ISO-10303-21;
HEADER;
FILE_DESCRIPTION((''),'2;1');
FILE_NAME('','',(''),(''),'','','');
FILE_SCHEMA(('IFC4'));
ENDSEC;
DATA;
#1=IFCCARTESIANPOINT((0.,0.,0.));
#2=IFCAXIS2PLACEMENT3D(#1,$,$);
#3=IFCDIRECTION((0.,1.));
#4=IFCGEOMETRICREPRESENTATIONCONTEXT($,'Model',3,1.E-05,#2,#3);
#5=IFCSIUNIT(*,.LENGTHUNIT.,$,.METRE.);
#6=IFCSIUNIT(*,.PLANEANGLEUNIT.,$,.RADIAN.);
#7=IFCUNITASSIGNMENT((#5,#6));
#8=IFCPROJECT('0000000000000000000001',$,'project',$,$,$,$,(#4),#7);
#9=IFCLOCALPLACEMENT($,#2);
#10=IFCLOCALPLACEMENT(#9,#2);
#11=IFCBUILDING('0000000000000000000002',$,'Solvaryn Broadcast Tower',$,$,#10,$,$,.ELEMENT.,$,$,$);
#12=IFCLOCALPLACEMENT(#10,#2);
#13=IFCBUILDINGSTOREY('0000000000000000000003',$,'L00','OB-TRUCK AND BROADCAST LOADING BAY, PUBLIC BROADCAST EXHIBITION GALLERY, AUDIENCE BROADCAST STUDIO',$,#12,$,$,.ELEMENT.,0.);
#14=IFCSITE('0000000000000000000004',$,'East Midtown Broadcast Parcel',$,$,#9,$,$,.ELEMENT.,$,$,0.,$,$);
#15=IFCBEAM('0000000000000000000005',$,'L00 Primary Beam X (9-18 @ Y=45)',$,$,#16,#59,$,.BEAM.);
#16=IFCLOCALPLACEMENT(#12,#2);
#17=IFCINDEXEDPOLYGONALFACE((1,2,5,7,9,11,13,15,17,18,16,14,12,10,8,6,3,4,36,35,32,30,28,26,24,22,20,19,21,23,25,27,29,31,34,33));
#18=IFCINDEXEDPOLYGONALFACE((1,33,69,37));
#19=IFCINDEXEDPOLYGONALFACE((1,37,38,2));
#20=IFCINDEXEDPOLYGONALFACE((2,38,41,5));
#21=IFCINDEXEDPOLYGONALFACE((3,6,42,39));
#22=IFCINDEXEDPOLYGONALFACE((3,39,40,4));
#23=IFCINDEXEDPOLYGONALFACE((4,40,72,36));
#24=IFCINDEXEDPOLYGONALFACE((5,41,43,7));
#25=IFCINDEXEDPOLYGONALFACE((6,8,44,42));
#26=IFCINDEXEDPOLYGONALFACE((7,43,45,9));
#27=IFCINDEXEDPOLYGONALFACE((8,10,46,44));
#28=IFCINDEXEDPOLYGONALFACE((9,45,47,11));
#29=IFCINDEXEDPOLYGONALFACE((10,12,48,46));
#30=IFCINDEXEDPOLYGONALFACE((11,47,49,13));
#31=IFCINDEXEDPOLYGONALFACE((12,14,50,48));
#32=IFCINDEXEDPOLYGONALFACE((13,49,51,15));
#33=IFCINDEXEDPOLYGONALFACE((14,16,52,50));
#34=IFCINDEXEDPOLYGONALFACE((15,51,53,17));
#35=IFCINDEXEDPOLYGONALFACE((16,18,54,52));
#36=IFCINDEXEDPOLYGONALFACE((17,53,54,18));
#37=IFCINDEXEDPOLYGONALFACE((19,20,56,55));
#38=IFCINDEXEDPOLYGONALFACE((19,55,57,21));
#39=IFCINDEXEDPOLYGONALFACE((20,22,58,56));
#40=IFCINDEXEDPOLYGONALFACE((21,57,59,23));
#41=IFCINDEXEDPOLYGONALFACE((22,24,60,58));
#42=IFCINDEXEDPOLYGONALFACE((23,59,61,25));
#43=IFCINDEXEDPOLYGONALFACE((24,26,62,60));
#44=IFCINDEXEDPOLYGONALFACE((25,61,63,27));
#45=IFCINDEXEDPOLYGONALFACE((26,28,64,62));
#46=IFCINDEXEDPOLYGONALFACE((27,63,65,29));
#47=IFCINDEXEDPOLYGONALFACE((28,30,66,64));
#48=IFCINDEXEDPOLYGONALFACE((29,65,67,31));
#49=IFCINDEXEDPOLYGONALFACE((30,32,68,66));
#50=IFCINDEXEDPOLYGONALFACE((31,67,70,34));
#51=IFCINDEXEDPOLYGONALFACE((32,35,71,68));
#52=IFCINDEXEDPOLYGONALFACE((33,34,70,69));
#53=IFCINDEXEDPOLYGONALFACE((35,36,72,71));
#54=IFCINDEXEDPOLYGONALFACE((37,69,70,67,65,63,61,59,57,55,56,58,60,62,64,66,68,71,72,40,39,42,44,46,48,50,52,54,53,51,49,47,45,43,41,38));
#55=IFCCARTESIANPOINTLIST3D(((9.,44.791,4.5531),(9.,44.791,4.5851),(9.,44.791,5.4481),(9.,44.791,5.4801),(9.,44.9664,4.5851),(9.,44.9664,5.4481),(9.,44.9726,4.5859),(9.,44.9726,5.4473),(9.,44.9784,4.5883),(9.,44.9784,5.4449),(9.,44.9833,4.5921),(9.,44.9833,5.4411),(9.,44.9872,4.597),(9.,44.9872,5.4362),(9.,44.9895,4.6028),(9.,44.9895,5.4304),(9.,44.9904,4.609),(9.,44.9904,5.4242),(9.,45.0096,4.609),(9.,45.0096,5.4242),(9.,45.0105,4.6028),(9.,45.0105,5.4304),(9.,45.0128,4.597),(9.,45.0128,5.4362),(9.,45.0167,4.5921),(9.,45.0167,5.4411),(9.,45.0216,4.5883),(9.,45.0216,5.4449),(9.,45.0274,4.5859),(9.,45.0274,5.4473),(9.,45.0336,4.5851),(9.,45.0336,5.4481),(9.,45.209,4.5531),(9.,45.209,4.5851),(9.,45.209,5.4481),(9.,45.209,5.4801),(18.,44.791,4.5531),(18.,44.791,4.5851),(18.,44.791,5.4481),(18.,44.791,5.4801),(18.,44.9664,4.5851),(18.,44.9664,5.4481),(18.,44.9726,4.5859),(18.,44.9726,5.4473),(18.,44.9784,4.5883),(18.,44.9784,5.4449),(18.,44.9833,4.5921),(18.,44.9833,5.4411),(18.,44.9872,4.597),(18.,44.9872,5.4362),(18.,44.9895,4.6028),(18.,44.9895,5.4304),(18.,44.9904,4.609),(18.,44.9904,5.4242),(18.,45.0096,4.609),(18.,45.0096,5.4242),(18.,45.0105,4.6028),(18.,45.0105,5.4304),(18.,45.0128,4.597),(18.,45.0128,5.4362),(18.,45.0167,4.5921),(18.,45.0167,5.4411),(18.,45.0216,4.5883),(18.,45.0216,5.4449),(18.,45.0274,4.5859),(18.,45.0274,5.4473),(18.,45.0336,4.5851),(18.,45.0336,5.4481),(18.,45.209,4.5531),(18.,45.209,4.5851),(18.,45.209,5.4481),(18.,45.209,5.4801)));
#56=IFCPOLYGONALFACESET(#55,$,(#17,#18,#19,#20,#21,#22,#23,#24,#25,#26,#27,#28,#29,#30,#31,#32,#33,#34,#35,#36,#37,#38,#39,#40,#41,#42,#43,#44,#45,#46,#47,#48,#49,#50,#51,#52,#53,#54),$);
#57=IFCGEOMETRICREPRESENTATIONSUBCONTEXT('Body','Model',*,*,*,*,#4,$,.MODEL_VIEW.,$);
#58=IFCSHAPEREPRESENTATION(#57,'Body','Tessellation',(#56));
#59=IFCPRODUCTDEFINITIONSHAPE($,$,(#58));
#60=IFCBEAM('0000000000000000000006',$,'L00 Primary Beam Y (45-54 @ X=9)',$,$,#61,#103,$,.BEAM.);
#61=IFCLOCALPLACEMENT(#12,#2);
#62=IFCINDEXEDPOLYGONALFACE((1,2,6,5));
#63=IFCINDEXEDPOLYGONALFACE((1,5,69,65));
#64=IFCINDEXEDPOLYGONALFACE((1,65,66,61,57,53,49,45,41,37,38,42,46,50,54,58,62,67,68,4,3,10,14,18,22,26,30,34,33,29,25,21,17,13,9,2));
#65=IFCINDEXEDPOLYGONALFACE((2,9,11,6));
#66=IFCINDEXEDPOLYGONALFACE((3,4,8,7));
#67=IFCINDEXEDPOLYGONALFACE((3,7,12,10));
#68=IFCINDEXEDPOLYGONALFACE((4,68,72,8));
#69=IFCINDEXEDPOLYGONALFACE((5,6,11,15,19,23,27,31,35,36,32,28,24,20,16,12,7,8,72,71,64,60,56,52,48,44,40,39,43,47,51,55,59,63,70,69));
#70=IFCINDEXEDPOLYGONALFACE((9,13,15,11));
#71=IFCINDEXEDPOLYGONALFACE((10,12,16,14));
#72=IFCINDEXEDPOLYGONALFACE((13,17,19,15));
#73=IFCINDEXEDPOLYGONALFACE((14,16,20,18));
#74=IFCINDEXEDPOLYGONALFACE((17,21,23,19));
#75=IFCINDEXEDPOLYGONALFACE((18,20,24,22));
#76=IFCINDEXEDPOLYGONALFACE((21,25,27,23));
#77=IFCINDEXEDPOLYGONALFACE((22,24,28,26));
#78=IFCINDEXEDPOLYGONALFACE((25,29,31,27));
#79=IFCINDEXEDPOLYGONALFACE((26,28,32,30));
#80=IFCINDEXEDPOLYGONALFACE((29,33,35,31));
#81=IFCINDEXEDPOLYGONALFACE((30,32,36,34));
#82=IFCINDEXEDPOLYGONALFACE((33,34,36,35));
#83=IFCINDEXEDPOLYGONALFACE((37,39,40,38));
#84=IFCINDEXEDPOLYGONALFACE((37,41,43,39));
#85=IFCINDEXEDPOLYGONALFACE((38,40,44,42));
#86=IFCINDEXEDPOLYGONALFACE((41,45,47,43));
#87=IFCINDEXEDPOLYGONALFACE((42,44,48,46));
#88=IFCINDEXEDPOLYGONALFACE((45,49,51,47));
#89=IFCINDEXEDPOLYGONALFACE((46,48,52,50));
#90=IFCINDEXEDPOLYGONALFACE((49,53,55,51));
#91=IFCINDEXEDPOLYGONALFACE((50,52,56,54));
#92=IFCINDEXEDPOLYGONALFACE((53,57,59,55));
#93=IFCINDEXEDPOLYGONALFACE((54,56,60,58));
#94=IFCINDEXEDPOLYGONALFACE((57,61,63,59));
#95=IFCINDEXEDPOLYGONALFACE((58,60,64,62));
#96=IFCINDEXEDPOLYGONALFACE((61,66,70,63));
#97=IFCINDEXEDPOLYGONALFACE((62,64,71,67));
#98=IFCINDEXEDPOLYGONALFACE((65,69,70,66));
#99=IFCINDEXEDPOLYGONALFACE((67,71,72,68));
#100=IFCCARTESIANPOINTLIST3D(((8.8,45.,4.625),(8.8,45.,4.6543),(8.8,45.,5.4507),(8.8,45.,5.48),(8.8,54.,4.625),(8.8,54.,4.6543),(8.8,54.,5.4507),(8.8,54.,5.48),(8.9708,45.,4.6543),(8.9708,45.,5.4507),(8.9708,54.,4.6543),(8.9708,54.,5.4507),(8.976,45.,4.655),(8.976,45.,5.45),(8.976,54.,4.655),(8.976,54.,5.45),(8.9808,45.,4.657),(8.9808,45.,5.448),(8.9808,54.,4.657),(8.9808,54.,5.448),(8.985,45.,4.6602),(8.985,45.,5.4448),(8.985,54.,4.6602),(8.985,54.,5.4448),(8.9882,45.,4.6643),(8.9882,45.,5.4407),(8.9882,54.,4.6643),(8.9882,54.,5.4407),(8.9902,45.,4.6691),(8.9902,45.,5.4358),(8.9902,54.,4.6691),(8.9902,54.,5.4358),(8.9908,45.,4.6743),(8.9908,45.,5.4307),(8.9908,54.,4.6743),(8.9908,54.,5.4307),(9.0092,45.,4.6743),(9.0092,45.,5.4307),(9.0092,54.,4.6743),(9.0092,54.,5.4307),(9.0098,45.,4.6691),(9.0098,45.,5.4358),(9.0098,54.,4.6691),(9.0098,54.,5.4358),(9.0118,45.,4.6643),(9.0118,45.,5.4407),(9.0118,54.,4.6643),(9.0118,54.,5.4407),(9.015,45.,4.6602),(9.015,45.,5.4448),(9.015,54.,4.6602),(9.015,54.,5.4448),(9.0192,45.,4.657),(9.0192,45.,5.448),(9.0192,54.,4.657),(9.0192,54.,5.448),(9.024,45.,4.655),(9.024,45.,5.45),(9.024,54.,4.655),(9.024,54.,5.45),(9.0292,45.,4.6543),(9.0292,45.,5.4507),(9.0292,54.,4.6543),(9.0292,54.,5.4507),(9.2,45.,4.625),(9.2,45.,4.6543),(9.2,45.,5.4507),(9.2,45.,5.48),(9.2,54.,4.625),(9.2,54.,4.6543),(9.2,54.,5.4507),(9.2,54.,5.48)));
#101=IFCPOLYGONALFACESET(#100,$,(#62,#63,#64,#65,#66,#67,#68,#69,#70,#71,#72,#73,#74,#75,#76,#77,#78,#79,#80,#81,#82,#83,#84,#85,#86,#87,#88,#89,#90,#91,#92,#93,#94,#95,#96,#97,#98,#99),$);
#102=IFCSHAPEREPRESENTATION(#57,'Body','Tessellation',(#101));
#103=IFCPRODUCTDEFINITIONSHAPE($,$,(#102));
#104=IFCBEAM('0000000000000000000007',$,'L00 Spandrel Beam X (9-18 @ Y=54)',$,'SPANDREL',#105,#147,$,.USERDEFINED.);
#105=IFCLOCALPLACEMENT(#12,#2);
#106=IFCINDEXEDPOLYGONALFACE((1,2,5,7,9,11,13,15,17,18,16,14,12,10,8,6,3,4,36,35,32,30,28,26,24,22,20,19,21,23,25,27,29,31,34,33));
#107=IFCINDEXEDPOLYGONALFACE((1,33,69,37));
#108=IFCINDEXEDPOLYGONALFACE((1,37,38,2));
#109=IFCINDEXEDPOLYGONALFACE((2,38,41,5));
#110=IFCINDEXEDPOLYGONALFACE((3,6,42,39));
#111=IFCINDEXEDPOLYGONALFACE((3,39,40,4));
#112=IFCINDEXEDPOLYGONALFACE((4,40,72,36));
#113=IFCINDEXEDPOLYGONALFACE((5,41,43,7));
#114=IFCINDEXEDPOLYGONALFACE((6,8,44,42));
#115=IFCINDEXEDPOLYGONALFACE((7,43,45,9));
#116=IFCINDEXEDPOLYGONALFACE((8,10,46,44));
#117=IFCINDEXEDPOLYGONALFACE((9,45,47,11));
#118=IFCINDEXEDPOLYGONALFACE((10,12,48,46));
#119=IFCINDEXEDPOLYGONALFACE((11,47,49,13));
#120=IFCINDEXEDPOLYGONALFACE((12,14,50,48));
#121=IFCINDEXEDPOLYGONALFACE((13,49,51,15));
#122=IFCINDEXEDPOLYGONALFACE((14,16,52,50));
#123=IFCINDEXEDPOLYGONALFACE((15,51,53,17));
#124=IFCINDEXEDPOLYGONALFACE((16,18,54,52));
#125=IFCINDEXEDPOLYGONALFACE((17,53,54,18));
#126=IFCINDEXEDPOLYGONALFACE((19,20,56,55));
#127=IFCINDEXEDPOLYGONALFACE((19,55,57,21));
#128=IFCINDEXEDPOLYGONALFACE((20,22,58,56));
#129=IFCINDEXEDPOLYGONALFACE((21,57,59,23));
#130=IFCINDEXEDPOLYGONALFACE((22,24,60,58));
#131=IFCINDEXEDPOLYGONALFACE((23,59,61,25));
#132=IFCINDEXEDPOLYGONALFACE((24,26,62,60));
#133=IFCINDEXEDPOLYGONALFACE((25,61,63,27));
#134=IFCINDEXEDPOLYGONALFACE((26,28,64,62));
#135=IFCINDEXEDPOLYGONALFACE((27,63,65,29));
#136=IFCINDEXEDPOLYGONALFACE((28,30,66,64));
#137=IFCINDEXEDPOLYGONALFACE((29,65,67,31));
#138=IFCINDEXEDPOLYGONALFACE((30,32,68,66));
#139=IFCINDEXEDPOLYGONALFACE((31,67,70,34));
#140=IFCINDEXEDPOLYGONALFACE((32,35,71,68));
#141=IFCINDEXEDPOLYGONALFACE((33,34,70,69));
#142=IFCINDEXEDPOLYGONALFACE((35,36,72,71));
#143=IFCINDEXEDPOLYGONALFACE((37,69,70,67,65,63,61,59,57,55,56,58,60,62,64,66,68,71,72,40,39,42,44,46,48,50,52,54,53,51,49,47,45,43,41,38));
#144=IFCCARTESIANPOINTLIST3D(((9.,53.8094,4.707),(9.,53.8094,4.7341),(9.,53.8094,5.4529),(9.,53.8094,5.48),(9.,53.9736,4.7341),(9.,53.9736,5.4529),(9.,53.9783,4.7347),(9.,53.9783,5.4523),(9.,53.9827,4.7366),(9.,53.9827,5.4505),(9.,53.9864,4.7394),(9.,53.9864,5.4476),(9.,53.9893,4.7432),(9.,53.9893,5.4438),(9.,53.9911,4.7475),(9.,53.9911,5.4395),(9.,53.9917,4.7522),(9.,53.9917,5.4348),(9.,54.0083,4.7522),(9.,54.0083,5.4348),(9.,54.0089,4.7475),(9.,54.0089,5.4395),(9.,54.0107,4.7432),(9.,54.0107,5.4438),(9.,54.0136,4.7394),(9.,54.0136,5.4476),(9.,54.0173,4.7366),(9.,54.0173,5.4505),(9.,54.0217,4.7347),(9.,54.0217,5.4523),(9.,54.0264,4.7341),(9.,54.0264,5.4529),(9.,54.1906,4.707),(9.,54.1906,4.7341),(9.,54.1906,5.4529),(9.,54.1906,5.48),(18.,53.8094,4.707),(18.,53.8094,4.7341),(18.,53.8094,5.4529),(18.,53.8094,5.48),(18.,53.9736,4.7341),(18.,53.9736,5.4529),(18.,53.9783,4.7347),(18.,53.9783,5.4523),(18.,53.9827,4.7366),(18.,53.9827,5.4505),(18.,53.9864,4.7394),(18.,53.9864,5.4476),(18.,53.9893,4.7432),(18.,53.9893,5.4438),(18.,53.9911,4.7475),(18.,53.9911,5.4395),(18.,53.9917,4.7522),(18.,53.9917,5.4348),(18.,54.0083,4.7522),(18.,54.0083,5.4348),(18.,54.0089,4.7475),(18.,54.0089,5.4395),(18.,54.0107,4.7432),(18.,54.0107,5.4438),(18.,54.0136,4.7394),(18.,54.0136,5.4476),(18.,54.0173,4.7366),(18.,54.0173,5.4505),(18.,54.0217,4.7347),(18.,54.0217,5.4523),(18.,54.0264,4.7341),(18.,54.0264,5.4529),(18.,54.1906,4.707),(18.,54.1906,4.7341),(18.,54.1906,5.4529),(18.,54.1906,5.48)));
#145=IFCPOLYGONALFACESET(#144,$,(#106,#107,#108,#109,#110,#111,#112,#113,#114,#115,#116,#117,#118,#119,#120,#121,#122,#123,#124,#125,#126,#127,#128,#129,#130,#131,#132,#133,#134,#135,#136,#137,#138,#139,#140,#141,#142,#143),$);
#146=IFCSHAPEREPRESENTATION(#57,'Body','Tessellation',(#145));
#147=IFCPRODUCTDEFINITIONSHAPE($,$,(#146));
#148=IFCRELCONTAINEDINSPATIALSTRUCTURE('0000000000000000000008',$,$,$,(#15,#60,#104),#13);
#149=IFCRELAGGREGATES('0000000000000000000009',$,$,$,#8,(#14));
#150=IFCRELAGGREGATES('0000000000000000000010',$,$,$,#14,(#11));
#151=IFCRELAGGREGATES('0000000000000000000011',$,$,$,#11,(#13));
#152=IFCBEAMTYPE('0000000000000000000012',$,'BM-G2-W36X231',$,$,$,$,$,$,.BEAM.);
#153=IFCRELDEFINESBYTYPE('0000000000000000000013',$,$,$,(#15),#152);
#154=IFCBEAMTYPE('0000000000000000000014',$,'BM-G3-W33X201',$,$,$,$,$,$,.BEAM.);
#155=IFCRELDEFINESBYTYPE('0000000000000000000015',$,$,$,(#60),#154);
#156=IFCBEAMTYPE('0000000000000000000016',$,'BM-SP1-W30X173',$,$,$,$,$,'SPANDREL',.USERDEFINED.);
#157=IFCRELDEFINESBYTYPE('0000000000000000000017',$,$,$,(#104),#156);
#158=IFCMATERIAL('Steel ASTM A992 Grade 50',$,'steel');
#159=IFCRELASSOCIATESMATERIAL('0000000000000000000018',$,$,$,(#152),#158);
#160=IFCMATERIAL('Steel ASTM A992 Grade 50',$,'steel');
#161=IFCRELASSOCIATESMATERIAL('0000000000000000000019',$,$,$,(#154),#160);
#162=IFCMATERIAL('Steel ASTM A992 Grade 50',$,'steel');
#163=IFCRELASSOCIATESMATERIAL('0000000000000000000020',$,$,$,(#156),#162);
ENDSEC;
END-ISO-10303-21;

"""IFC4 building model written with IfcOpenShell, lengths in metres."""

from ifc_helpers import new_model, si_unit, direction, frame, origin, origin_2d, place, context, subcontext, project, spatial, i_section, extrude, material, material_profile, profile_set, type_object, element, save


model = new_model("IFC4")

# Units and contexts
model_context = context("Model", 3, precision=1e-05, world=origin(), true_north=direction((0.0, 1.0)))
body_context = subcontext(model_context, "Body", "Model", "MODEL_VIEW")
ifc_project = project(units=[si_unit("LENGTHUNIT", "METRE"), si_unit("PLANEANGLEUNIT", "RADIAN")], contexts=[model_context])

# Site, building, storey
site_placement = place(None, origin())
site = spatial("IfcSite", under=ifc_project, at=site_placement, Name="East Midtown Broadcast Parcel", CompositionType="ELEMENT", RefElevation=0.0)
building_placement = place(site_placement, origin())
building = spatial("IfcBuilding", under=site, at=building_placement, Name="Solvaryn Broadcast Tower", CompositionType="ELEMENT")
storey_placement = place(building_placement, origin())
storey = spatial("IfcBuildingStorey", under=building, at=storey_placement, Name="L00", Description="OB-TRUCK AND BROADCAST LOADING BAY, PUBLIC BROADCAST EXHIBITION GALLERY, AUDIENCE BROADCAST STUDIO", CompositionType="ELEMENT", Elevation=0.0)

# Beams
ifc_material_1 = material(Name="Steel ASTM A992 Grade 50", Category="steel")
ifc_material_profile_1 = material_profile(ifc_material_1, i_section(OverallWidth=0.418, OverallDepth=0.927, WebThickness=0.0193, FlangeThickness=0.032, FilletRadius=0.0239, at=origin_2d()))
ifc_profile_set_1 = profile_set([ifc_material_profile_1], Name="Steel ASTM A992 Grade 50")
beam_type_1 = type_object("IfcBeamType", Name="BM-G2-W36X231", PredefinedType="BEAM", material=ifc_profile_set_1)
beam_1_placement = place(storey_placement, frame((9.0, 45.0, 5.0166), z_axis=(1.0, 0.0, 0.0), x_axis=(0.0, 1.0, 0.0)))
element("IfcBeam", 1, at=beam_1_placement, inside=storey, type_object=beam_type_1, Name="L00 Primary Beam X (9-18 @ Y=45)", PredefinedType="BEAM", context=body_context, shape_type="SweptSolid", body=[
    extrude(i_section(OverallWidth=0.418, OverallDepth=0.927, WebThickness=0.0193, FlangeThickness=0.032, FilletRadius=0.0239, at=origin_2d()), origin(), (0.0, 0.0, 1.0), 9.0),
])
ifc_material_2 = material(Name="Steel ASTM A992 Grade 50", Category="steel")
ifc_material_profile_2 = material_profile(ifc_material_2, i_section(OverallWidth=0.3999, OverallDepth=0.855, WebThickness=0.0183, FlangeThickness=0.0293, FilletRadius=0.02, at=origin_2d()))
ifc_profile_set_2 = profile_set([ifc_material_profile_2], Name="Steel ASTM A992 Grade 50")
beam_type_2 = type_object("IfcBeamType", Name="BM-G3-W33X201", PredefinedType="BEAM", material=ifc_profile_set_2)
beam_2_placement = place(storey_placement, frame((9.0, 45.0, 5.0525), z_axis=(0.0, 1.0, 0.0), x_axis=(-1.0, 0.0, 0.0)))
element("IfcBeam", 2, at=beam_2_placement, inside=storey, type_object=beam_type_2, Name="L00 Primary Beam Y (45-54 @ X=9)", PredefinedType="BEAM", context=body_context, shape_type="SweptSolid", body=[
    extrude(i_section(OverallWidth=0.3999, OverallDepth=0.855, WebThickness=0.0183, FlangeThickness=0.0293, FilletRadius=0.02, at=origin_2d()), origin(), (0.0, 0.0, 1.0), 9.0),
])
ifc_material_3 = material(Name="Steel ASTM A992 Grade 50", Category="steel")
ifc_material_profile_3 = material_profile(ifc_material_3, i_section(OverallWidth=0.3811, OverallDepth=0.7729, WebThickness=0.0166, FlangeThickness=0.0271, FilletRadius=0.0181, at=origin_2d()))
ifc_profile_set_3 = profile_set([ifc_material_profile_3], Name="Steel ASTM A992 Grade 50")
beam_type_3 = type_object("IfcBeamType", Name="BM-SP1-W30X173", ElementType="SPANDREL", PredefinedType="USERDEFINED", material=ifc_profile_set_3)
beam_3_placement = place(storey_placement, frame((9.0, 54.0, 5.0935), z_axis=(1.0, 0.0, 0.0), x_axis=(0.0, 1.0, 0.0)))
element("IfcBeam", 3, at=beam_3_placement, inside=storey, type_object=beam_type_3, Name="L00 Spandrel Beam X (9-18 @ Y=54)", ObjectType="SPANDREL", PredefinedType="USERDEFINED", context=body_context, shape_type="SweptSolid", body=[
    extrude(i_section(OverallWidth=0.3811, OverallDepth=0.7729, WebThickness=0.0166, FlangeThickness=0.0271, FilletRadius=0.0181, at=origin_2d()), origin(), (0.0, 0.0, 1.0), 9.0),
])

save(model, "model.ifc")
